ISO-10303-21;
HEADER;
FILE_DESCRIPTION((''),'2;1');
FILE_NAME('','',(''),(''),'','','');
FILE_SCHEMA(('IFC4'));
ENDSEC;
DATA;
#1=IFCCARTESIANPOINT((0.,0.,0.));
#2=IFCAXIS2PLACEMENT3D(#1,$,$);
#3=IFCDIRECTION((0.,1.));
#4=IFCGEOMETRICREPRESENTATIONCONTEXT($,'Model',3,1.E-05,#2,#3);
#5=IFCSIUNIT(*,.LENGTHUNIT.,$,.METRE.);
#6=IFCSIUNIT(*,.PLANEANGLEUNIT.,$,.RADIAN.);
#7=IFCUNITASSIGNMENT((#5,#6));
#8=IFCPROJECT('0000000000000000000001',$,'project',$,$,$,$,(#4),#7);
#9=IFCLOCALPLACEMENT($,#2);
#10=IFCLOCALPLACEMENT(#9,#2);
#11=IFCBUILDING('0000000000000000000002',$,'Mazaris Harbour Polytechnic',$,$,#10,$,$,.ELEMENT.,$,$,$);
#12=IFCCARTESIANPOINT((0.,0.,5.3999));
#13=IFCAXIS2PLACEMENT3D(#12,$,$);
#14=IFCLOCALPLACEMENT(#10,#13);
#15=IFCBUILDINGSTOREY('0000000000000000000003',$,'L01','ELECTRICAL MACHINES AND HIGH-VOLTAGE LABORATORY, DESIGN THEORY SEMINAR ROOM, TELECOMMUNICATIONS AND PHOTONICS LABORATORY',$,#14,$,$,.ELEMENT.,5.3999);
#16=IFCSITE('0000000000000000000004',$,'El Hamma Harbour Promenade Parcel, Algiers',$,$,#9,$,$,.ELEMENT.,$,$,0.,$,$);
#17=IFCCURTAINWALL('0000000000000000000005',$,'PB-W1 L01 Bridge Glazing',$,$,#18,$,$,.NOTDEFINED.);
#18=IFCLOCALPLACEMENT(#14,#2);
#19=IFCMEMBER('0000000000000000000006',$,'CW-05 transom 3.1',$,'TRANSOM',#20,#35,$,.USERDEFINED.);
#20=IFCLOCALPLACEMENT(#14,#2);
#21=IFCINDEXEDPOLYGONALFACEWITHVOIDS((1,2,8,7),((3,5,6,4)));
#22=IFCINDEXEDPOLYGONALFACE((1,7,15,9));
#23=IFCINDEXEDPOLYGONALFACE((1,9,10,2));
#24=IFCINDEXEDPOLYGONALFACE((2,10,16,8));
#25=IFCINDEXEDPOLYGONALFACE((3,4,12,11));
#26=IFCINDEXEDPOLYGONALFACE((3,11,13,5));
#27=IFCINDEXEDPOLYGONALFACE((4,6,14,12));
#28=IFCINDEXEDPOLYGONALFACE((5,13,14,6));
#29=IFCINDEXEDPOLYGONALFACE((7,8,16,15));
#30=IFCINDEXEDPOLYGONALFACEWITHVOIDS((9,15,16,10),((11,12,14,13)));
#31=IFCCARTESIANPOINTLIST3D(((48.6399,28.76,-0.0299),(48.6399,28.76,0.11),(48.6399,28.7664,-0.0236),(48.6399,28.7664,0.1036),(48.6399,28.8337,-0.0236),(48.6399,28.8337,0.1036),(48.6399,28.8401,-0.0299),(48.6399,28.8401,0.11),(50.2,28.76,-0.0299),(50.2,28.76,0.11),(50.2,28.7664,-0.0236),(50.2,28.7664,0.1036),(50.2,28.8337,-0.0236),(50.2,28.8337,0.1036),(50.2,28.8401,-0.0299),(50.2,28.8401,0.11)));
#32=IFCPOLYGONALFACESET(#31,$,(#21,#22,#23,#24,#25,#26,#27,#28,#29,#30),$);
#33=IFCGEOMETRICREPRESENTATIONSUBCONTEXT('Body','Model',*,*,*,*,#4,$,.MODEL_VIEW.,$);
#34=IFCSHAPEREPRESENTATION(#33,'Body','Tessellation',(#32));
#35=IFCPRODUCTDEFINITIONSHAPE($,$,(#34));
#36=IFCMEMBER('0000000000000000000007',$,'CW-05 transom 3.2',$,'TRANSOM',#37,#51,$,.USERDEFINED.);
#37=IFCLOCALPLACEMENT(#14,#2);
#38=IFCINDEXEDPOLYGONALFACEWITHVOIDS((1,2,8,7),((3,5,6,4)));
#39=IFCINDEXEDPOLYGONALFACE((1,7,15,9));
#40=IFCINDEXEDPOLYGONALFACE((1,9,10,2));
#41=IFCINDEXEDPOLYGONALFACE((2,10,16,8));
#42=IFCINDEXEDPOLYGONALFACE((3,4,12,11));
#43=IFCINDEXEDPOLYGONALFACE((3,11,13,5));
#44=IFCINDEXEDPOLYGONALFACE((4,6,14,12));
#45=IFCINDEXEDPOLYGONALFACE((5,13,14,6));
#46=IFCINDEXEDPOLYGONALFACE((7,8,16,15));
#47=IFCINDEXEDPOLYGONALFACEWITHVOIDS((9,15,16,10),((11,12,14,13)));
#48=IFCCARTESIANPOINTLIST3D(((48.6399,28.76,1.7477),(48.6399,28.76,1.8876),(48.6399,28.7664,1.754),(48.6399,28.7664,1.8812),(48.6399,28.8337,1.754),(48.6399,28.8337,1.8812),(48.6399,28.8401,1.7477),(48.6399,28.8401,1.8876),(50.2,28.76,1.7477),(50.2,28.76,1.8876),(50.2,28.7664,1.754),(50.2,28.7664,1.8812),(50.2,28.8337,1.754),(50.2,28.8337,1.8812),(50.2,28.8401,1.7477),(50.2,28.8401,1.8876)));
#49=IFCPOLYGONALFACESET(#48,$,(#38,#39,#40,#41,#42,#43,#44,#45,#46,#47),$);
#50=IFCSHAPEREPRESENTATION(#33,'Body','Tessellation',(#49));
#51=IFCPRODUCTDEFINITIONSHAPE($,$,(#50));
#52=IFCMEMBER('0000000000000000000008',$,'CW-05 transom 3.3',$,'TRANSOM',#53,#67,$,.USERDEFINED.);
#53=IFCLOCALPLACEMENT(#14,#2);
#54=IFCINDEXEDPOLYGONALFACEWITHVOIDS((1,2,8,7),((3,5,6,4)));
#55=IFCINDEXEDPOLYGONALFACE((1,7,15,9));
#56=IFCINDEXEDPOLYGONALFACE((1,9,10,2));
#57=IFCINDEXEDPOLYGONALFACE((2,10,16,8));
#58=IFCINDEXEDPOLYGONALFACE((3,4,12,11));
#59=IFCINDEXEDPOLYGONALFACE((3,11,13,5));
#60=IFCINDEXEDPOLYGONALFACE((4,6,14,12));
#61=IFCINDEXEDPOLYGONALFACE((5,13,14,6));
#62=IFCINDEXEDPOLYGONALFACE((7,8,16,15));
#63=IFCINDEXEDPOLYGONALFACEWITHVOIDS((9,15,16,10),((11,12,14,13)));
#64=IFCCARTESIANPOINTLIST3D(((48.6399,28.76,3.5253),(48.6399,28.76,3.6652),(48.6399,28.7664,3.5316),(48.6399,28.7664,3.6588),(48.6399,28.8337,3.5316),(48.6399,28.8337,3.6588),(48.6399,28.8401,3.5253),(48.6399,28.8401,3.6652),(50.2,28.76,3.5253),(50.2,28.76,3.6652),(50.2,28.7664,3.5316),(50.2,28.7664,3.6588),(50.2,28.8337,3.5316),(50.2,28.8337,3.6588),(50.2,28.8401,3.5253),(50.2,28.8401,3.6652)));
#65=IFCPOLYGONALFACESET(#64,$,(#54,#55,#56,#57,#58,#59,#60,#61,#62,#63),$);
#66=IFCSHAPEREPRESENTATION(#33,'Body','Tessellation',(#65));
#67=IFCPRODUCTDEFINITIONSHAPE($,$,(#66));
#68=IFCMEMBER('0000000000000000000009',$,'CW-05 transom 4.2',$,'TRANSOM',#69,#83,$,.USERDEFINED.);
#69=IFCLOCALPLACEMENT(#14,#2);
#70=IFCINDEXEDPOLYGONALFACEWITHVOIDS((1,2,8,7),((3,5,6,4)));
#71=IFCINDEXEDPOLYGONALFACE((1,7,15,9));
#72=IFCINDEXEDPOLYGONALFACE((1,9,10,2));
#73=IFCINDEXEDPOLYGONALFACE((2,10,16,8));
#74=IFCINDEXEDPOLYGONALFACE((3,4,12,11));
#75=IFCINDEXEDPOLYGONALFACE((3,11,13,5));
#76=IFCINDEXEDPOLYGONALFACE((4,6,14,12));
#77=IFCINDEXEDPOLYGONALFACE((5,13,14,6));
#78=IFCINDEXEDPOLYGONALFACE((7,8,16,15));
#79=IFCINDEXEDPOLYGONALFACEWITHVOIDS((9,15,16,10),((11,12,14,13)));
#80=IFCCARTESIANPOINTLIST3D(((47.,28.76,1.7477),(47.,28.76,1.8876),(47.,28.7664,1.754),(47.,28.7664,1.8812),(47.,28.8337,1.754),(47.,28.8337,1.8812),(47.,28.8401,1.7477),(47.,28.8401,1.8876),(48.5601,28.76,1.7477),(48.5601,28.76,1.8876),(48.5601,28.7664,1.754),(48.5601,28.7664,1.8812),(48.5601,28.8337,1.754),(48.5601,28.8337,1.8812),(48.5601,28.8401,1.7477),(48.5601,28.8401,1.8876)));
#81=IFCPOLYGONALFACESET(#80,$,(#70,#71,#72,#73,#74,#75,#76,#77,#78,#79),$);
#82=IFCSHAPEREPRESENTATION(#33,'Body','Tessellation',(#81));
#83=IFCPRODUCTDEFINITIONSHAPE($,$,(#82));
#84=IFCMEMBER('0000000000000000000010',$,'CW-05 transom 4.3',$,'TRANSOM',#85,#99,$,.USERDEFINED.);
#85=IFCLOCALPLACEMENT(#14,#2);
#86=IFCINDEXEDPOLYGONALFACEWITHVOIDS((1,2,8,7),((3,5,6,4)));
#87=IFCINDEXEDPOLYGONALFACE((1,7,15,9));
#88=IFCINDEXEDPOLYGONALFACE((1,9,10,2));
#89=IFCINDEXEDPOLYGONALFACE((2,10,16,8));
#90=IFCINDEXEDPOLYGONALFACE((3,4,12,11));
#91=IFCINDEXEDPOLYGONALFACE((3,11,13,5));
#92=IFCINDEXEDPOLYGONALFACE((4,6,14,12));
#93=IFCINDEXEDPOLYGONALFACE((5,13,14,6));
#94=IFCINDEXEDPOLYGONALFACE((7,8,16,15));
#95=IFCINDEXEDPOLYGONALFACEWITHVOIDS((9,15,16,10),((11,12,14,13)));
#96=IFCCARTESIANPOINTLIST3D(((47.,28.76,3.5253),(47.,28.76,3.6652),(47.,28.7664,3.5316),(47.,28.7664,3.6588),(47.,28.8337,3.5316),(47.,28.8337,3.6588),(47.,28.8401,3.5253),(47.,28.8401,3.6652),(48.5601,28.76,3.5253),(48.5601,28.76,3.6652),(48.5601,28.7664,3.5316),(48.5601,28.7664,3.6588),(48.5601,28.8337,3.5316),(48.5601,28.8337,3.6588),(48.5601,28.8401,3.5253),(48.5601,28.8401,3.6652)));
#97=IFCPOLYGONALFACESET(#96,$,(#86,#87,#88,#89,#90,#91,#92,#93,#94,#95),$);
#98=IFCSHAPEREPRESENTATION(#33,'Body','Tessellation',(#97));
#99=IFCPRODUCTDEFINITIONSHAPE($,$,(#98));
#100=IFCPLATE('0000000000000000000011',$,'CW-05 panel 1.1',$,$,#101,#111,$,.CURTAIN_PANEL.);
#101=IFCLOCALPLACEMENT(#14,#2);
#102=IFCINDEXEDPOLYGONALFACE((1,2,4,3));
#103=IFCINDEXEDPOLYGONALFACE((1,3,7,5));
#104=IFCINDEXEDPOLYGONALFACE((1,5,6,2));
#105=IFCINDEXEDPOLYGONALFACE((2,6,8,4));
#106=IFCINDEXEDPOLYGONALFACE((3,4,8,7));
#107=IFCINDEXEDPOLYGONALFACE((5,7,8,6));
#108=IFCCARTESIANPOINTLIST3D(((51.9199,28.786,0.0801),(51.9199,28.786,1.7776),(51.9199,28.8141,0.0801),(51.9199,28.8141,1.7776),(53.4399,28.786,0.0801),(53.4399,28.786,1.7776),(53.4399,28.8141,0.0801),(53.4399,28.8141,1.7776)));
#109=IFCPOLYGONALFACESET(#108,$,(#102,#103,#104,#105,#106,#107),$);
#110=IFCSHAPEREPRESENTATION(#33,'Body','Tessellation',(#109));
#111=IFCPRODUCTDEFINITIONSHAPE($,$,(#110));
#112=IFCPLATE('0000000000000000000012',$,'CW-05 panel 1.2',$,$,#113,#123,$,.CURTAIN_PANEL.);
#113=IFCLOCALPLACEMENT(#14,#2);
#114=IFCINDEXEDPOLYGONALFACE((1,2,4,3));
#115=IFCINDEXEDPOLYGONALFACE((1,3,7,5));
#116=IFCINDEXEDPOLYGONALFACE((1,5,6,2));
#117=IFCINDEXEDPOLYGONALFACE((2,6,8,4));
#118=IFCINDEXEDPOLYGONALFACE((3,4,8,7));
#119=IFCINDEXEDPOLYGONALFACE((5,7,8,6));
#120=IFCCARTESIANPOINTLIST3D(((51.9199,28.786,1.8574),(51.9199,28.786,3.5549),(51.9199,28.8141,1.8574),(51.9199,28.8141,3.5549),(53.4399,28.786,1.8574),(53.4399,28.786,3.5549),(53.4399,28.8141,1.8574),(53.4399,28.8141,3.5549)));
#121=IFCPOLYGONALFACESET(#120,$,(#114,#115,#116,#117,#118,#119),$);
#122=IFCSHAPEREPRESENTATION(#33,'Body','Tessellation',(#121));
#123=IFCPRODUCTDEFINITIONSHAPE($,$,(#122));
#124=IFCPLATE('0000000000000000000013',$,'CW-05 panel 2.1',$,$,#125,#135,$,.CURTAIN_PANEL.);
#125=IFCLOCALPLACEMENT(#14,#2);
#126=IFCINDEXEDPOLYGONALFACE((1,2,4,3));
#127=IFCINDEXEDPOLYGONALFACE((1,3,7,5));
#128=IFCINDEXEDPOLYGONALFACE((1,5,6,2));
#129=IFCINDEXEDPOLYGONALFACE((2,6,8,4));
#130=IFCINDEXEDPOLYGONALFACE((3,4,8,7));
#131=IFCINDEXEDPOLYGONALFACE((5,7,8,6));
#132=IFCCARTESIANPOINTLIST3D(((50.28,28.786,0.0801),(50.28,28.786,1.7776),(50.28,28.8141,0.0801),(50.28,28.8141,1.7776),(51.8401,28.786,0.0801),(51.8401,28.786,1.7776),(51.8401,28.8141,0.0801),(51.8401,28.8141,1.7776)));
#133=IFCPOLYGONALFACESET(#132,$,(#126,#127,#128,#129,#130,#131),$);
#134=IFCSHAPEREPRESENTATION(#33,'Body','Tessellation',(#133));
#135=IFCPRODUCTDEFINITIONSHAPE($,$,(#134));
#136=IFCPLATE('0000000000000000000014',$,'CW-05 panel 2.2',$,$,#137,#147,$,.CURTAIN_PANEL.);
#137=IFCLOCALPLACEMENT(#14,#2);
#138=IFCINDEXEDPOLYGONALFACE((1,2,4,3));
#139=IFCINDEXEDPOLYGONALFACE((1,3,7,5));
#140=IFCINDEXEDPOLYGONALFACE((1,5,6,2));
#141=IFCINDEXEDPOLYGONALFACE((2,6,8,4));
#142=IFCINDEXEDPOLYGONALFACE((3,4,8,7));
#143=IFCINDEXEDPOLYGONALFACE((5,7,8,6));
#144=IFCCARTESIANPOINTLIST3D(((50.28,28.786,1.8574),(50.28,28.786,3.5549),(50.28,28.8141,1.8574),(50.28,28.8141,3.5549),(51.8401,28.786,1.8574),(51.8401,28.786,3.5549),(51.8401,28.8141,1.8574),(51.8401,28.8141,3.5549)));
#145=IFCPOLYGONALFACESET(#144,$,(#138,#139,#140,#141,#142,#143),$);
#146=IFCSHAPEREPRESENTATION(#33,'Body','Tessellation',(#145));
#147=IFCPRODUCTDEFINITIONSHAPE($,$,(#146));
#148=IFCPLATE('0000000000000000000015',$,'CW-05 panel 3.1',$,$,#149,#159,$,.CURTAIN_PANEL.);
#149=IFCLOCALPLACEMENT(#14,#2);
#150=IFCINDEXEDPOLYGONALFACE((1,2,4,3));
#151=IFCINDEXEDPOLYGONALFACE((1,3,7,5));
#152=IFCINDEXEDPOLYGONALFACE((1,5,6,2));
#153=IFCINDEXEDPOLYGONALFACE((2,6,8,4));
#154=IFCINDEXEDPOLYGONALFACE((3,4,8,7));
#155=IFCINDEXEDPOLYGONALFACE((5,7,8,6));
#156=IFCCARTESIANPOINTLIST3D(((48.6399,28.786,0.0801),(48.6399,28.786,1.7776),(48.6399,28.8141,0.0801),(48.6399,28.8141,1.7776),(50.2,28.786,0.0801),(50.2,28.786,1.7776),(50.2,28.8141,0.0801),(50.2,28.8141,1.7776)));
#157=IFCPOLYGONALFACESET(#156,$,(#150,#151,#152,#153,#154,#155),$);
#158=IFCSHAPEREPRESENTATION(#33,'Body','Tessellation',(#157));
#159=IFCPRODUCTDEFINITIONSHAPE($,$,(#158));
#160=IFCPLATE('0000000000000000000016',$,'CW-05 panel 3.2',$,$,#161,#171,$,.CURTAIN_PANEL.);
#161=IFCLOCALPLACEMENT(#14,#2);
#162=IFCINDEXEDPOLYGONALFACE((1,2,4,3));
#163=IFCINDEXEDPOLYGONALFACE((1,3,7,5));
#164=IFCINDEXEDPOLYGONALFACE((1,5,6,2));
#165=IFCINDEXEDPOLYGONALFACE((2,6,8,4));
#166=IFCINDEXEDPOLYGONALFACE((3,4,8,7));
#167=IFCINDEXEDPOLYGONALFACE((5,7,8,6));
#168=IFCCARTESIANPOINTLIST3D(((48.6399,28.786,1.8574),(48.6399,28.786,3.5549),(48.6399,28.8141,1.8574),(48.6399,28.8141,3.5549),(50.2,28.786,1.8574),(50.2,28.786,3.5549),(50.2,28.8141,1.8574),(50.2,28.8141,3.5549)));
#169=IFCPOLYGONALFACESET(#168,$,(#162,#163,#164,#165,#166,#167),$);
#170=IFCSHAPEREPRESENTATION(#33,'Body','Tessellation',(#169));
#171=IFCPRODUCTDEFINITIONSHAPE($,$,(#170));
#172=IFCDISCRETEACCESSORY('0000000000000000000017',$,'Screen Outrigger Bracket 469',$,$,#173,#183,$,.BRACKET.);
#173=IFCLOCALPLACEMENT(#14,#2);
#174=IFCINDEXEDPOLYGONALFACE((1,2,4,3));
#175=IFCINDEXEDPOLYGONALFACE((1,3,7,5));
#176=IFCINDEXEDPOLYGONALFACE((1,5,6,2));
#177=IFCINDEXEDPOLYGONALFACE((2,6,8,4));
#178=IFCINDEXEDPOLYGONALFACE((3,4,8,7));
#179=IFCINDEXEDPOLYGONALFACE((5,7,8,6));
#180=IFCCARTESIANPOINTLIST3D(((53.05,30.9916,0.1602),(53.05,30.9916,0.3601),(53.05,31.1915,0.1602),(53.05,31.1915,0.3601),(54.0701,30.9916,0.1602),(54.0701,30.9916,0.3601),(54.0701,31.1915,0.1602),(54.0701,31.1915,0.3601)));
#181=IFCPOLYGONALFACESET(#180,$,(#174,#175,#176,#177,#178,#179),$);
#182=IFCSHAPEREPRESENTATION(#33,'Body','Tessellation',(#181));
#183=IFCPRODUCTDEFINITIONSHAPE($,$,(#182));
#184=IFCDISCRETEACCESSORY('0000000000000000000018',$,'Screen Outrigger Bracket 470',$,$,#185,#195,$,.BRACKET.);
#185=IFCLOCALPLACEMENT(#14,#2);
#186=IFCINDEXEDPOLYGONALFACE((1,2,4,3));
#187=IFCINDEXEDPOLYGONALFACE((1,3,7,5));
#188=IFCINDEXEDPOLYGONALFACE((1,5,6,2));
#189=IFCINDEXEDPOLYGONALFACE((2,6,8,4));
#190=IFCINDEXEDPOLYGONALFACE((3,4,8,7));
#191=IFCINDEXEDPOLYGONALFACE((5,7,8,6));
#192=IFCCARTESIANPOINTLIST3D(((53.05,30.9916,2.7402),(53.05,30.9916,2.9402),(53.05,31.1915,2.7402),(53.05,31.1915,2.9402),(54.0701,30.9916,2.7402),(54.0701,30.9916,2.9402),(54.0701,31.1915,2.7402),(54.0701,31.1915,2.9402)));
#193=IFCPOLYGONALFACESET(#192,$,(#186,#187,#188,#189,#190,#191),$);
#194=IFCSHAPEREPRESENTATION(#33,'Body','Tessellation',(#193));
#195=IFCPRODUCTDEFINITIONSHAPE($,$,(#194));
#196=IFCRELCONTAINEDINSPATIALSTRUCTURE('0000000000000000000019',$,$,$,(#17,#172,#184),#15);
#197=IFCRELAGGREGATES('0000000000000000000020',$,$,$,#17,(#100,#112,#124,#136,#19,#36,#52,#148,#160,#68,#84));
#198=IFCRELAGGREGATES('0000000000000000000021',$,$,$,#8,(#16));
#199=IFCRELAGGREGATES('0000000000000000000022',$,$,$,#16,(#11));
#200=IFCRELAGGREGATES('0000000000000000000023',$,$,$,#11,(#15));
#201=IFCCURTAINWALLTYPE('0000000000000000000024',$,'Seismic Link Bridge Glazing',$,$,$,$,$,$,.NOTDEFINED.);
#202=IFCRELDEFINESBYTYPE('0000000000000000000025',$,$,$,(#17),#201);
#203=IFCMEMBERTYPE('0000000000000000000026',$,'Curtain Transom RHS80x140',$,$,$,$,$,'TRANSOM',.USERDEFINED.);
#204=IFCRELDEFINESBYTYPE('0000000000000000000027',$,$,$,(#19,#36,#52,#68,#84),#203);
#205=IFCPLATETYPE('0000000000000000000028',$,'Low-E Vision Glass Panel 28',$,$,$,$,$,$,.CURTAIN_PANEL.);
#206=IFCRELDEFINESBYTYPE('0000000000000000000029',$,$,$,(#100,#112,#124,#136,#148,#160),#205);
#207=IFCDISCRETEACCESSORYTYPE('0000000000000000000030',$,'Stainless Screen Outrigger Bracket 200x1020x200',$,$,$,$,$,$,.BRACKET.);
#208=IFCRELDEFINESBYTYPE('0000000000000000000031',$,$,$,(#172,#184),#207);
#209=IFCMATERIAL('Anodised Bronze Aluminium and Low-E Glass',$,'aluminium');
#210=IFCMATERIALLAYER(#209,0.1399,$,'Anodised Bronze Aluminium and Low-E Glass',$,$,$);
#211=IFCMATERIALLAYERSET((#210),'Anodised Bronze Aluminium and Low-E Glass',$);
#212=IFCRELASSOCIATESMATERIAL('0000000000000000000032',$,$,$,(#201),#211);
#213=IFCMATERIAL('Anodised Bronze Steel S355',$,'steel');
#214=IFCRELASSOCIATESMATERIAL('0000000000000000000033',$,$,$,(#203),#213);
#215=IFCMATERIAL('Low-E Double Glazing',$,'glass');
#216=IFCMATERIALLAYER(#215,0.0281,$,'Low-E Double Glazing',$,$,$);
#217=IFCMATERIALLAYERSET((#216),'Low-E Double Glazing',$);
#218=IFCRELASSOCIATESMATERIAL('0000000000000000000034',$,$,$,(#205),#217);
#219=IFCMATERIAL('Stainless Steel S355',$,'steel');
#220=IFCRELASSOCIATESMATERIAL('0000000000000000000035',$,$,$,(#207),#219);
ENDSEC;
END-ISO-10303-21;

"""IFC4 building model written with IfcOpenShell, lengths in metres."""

from ifc_helpers import new_model, si_unit, direction, frame, origin, origin_2d, place, context, subcontext, project, spatial, rectangle, hollow_rectangle, extrude, material, layer, layer_set, material_profile, profile_set, type_object, element, aggregate, save


model = new_model("IFC4")

# Units and contexts
model_context = context("Model", 3, precision=1e-05, world=origin(), true_north=direction((0.0, 1.0)))
body_context = subcontext(model_context, "Body", "Model", "MODEL_VIEW")
ifc_project = project(units=[si_unit("LENGTHUNIT", "METRE"), si_unit("PLANEANGLEUNIT", "RADIAN")], contexts=[model_context])

# Site, building, storey
site_placement = place(None, origin())
site = spatial("IfcSite", under=ifc_project, at=site_placement, Name="El Hamma Harbour Promenade Parcel, Algiers", CompositionType="ELEMENT", RefElevation=0.0)
building_placement = place(site_placement, origin())
building = spatial("IfcBuilding", under=site, at=building_placement, Name="Mazaris Harbour Polytechnic", CompositionType="ELEMENT")
storey_placement = place(building_placement, frame((0.0, 0.0, 5.3999)))
storey = spatial("IfcBuildingStorey", under=building, at=storey_placement, Name="L01", Description="ELECTRICAL MACHINES AND HIGH-VOLTAGE LABORATORY, DESIGN THEORY SEMINAR ROOM, TELECOMMUNICATIONS AND PHOTONICS LABORATORY", CompositionType="ELEMENT", Elevation=5.3999)

# Curtain wall, members, plates
ifc_material_1 = material(Name="Anodised Bronze Aluminium and Low-E Glass", Category="aluminium")
ifc_layer_1 = layer(ifc_material_1, 0.1399, Name="Anodised Bronze Aluminium and Low-E Glass")
ifc_layer_set_1 = layer_set([ifc_layer_1], Name="Anodised Bronze Aluminium and Low-E Glass")
curtain_wall_type = type_object("IfcCurtainWallType", Name="Seismic Link Bridge Glazing", PredefinedType="NOTDEFINED", material=ifc_layer_set_1)
curtain_wall_placement = place(storey_placement, origin())
curtain_wall = element("IfcCurtainWall", 1, at=curtain_wall_placement, inside=storey, type_object=curtain_wall_type, Name="PB-W1 L01 Bridge Glazing", PredefinedType="NOTDEFINED")
ifc_material_2 = material(Name="Anodised Bronze Steel S355", Category="steel")
ifc_material_profile_1 = material_profile(ifc_material_2, hollow_rectangle(XDim=0.0801, YDim=0.1399, WallThickness=0.0063, at=origin_2d()), Name="RHS 80x140x6.3")
ifc_profile_set_1 = profile_set([ifc_material_profile_1], Name="Anodised Bronze Steel S355")
member_type_1 = type_object("IfcMemberType", Name="Curtain Transom RHS80x140", ElementType="TRANSOM", PredefinedType="USERDEFINED", material=ifc_profile_set_1)
member_1_placement = place(storey_placement, frame((50.2, 28.8, 0.04), z_axis=(-1.0, 0.0, 0.0), x_axis=(0.0, -1.0, 0.0)))
member_1 = element("IfcMember", 2, at=member_1_placement, type_object=member_type_1, Name="CW-05 transom 3.1", ObjectType="TRANSOM", PredefinedType="USERDEFINED", context=body_context, shape_type="SweptSolid", body=[
    extrude(hollow_rectangle(XDim=0.0801, YDim=0.1399, WallThickness=0.0063, at=origin_2d()), origin(), (0.0, 0.0, 1.0), 1.5601),
])
member_2_placement = place(storey_placement, frame((50.2, 28.8, 1.8176), z_axis=(-1.0, 0.0, 0.0), x_axis=(0.0, -1.0, 0.0)))
member_2 = element("IfcMember", 3, at=member_2_placement, type_object=member_type_1, Name="CW-05 transom 3.2", ObjectType="TRANSOM", PredefinedType="USERDEFINED", context=body_context, shape_type="SweptSolid", body=[
    extrude(hollow_rectangle(XDim=0.0801, YDim=0.1399, WallThickness=0.0063, at=origin_2d()), origin(), (0.0, 0.0, 1.0), 1.5601),
])
member_3_placement = place(storey_placement, frame((50.2, 28.8, 3.5952), z_axis=(-1.0, 0.0, 0.0), x_axis=(0.0, -1.0, 0.0)))
member_3 = element("IfcMember", 4, at=member_3_placement, type_object=member_type_1, Name="CW-05 transom 3.3", ObjectType="TRANSOM", PredefinedType="USERDEFINED", context=body_context, shape_type="SweptSolid", body=[
    extrude(hollow_rectangle(XDim=0.0801, YDim=0.1399, WallThickness=0.0063, at=origin_2d()), origin(), (0.0, 0.0, 1.0), 1.5601),
])
member_4_placement = place(storey_placement, frame((48.5601, 28.8, 1.8176), z_axis=(-1.0, 0.0, 0.0), x_axis=(0.0, -1.0, 0.0)))
member_4 = element("IfcMember", 5, at=member_4_placement, type_object=member_type_1, Name="CW-05 transom 4.2", ObjectType="TRANSOM", PredefinedType="USERDEFINED", context=body_context, shape_type="SweptSolid", body=[
    extrude(hollow_rectangle(XDim=0.0801, YDim=0.1399, WallThickness=0.0063, at=origin_2d()), origin(), (0.0, 0.0, 1.0), 1.5601),
])
member_5_placement = place(storey_placement, frame((48.5601, 28.8, 3.5952), z_axis=(-1.0, 0.0, 0.0), x_axis=(0.0, -1.0, 0.0)))
member_5 = element("IfcMember", 6, at=member_5_placement, type_object=member_type_1, Name="CW-05 transom 4.3", ObjectType="TRANSOM", PredefinedType="USERDEFINED", context=body_context, shape_type="SweptSolid", body=[
    extrude(hollow_rectangle(XDim=0.0801, YDim=0.1399, WallThickness=0.0063, at=origin_2d()), origin(), (0.0, 0.0, 1.0), 1.5601),
])
ifc_material_3 = material(Name="Low-E Double Glazing", Category="glass")
ifc_layer_2 = layer(ifc_material_3, 0.0281, Name="Low-E Double Glazing")
ifc_layer_set_2 = layer_set([ifc_layer_2], Name="Low-E Double Glazing")
plate_type = type_object("IfcPlateType", Name="Low-E Vision Glass Panel 28", PredefinedType="CURTAIN_PANEL", material=ifc_layer_set_2)
plate_1_placement = place(storey_placement, frame((52.6799, 28.8, 0.0801), z_axis=(0.0, 0.0, 1.0), x_axis=(-1.0, 0.0, 0.0)))
plate_1 = element("IfcPlate", 7, at=plate_1_placement, type_object=plate_type, Name="CW-05 panel 1.1", PredefinedType="CURTAIN_PANEL", context=body_context, shape_type="SweptSolid", body=[
    extrude(rectangle(XDim=1.52, YDim=0.0281, at=origin_2d()), origin(), (0.0, 0.0, 1.0), 1.6975),
])
plate_2_placement = place(storey_placement, frame((52.6799, 28.8, 1.8574), z_axis=(0.0, 0.0, 1.0), x_axis=(-1.0, 0.0, 0.0)))
plate_2 = element("IfcPlate", 8, at=plate_2_placement, type_object=plate_type, Name="CW-05 panel 1.2", PredefinedType="CURTAIN_PANEL", context=body_context, shape_type="SweptSolid", body=[
    extrude(rectangle(XDim=1.52, YDim=0.0281, at=origin_2d()), origin(), (0.0, 0.0, 1.0), 1.6975),
])
plate_3_placement = place(storey_placement, frame((51.0601, 28.8, 0.0801), z_axis=(0.0, 0.0, 1.0), x_axis=(-1.0, 0.0, 0.0)))
plate_3 = element("IfcPlate", 9, at=plate_3_placement, type_object=plate_type, Name="CW-05 panel 2.1", PredefinedType="CURTAIN_PANEL", context=body_context, shape_type="SweptSolid", body=[
    extrude(rectangle(XDim=1.5601, YDim=0.0281, at=origin_2d()), origin(), (0.0, 0.0, 1.0), 1.6975),
])
plate_4_placement = place(storey_placement, frame((51.0601, 28.8, 1.8574), z_axis=(0.0, 0.0, 1.0), x_axis=(-1.0, 0.0, 0.0)))
plate_4 = element("IfcPlate", 10, at=plate_4_placement, type_object=plate_type, Name="CW-05 panel 2.2", PredefinedType="CURTAIN_PANEL", context=body_context, shape_type="SweptSolid", body=[
    extrude(rectangle(XDim=1.5601, YDim=0.0281, at=origin_2d()), origin(), (0.0, 0.0, 1.0), 1.6975),
])
plate_5_placement = place(storey_placement, frame((49.4199, 28.8, 0.0801), z_axis=(0.0, 0.0, 1.0), x_axis=(-1.0, 0.0, 0.0)))
plate_5 = element("IfcPlate", 11, at=plate_5_placement, type_object=plate_type, Name="CW-05 panel 3.1", PredefinedType="CURTAIN_PANEL", context=body_context, shape_type="SweptSolid", body=[
    extrude(rectangle(XDim=1.5601, YDim=0.0281, at=origin_2d()), origin(), (0.0, 0.0, 1.0), 1.6975),
])
plate_6_placement = place(storey_placement, frame((49.4199, 28.8, 1.8574), z_axis=(0.0, 0.0, 1.0), x_axis=(-1.0, 0.0, 0.0)))
plate_6 = element("IfcPlate", 12, at=plate_6_placement, type_object=plate_type, Name="CW-05 panel 3.2", PredefinedType="CURTAIN_PANEL", context=body_context, shape_type="SweptSolid", body=[
    extrude(rectangle(XDim=1.5601, YDim=0.0281, at=origin_2d()), origin(), (0.0, 0.0, 1.0), 1.6975),
])
aggregate(curtain_wall, [plate_1, plate_2, plate_3, plate_4, member_1, member_2, member_3, plate_5, plate_6, member_4, member_5])

# Discrete accessories
ifc_material_4 = material(Name="Stainless Steel S355", Category="steel")
discrete_accessory_type = type_object("IfcDiscreteAccessoryType", Name="Stainless Screen Outrigger Bracket 200x1020x200", PredefinedType="BRACKET", material=ifc_material_4)
for number, where, z_axis, x_axis, name in (
    (13, (53.5601, 31.0916, 0.1602), (0.0, 0.0, 1.0), (0.0, 1.0, 0.0), "Screen Outrigger Bracket 469"),
    (14, (53.5601, 31.0916, 2.7402), (0.0, 0.0, 1.0), (0.0, 1.0, 0.0), "Screen Outrigger Bracket 470"),
):
    element("IfcDiscreteAccessory", number, at=place(storey_placement, frame(where, z_axis=z_axis, x_axis=x_axis)), inside=storey, type_object=discrete_accessory_type, Name=name, PredefinedType="BRACKET", context=body_context, shape_type="SweptSolid", body=[
        extrude(rectangle(XDim=0.2, YDim=1.02, at=origin_2d()), origin(), (0.0, 0.0, 1.0), 0.2),
    ])

save(model, "model.ifc")
